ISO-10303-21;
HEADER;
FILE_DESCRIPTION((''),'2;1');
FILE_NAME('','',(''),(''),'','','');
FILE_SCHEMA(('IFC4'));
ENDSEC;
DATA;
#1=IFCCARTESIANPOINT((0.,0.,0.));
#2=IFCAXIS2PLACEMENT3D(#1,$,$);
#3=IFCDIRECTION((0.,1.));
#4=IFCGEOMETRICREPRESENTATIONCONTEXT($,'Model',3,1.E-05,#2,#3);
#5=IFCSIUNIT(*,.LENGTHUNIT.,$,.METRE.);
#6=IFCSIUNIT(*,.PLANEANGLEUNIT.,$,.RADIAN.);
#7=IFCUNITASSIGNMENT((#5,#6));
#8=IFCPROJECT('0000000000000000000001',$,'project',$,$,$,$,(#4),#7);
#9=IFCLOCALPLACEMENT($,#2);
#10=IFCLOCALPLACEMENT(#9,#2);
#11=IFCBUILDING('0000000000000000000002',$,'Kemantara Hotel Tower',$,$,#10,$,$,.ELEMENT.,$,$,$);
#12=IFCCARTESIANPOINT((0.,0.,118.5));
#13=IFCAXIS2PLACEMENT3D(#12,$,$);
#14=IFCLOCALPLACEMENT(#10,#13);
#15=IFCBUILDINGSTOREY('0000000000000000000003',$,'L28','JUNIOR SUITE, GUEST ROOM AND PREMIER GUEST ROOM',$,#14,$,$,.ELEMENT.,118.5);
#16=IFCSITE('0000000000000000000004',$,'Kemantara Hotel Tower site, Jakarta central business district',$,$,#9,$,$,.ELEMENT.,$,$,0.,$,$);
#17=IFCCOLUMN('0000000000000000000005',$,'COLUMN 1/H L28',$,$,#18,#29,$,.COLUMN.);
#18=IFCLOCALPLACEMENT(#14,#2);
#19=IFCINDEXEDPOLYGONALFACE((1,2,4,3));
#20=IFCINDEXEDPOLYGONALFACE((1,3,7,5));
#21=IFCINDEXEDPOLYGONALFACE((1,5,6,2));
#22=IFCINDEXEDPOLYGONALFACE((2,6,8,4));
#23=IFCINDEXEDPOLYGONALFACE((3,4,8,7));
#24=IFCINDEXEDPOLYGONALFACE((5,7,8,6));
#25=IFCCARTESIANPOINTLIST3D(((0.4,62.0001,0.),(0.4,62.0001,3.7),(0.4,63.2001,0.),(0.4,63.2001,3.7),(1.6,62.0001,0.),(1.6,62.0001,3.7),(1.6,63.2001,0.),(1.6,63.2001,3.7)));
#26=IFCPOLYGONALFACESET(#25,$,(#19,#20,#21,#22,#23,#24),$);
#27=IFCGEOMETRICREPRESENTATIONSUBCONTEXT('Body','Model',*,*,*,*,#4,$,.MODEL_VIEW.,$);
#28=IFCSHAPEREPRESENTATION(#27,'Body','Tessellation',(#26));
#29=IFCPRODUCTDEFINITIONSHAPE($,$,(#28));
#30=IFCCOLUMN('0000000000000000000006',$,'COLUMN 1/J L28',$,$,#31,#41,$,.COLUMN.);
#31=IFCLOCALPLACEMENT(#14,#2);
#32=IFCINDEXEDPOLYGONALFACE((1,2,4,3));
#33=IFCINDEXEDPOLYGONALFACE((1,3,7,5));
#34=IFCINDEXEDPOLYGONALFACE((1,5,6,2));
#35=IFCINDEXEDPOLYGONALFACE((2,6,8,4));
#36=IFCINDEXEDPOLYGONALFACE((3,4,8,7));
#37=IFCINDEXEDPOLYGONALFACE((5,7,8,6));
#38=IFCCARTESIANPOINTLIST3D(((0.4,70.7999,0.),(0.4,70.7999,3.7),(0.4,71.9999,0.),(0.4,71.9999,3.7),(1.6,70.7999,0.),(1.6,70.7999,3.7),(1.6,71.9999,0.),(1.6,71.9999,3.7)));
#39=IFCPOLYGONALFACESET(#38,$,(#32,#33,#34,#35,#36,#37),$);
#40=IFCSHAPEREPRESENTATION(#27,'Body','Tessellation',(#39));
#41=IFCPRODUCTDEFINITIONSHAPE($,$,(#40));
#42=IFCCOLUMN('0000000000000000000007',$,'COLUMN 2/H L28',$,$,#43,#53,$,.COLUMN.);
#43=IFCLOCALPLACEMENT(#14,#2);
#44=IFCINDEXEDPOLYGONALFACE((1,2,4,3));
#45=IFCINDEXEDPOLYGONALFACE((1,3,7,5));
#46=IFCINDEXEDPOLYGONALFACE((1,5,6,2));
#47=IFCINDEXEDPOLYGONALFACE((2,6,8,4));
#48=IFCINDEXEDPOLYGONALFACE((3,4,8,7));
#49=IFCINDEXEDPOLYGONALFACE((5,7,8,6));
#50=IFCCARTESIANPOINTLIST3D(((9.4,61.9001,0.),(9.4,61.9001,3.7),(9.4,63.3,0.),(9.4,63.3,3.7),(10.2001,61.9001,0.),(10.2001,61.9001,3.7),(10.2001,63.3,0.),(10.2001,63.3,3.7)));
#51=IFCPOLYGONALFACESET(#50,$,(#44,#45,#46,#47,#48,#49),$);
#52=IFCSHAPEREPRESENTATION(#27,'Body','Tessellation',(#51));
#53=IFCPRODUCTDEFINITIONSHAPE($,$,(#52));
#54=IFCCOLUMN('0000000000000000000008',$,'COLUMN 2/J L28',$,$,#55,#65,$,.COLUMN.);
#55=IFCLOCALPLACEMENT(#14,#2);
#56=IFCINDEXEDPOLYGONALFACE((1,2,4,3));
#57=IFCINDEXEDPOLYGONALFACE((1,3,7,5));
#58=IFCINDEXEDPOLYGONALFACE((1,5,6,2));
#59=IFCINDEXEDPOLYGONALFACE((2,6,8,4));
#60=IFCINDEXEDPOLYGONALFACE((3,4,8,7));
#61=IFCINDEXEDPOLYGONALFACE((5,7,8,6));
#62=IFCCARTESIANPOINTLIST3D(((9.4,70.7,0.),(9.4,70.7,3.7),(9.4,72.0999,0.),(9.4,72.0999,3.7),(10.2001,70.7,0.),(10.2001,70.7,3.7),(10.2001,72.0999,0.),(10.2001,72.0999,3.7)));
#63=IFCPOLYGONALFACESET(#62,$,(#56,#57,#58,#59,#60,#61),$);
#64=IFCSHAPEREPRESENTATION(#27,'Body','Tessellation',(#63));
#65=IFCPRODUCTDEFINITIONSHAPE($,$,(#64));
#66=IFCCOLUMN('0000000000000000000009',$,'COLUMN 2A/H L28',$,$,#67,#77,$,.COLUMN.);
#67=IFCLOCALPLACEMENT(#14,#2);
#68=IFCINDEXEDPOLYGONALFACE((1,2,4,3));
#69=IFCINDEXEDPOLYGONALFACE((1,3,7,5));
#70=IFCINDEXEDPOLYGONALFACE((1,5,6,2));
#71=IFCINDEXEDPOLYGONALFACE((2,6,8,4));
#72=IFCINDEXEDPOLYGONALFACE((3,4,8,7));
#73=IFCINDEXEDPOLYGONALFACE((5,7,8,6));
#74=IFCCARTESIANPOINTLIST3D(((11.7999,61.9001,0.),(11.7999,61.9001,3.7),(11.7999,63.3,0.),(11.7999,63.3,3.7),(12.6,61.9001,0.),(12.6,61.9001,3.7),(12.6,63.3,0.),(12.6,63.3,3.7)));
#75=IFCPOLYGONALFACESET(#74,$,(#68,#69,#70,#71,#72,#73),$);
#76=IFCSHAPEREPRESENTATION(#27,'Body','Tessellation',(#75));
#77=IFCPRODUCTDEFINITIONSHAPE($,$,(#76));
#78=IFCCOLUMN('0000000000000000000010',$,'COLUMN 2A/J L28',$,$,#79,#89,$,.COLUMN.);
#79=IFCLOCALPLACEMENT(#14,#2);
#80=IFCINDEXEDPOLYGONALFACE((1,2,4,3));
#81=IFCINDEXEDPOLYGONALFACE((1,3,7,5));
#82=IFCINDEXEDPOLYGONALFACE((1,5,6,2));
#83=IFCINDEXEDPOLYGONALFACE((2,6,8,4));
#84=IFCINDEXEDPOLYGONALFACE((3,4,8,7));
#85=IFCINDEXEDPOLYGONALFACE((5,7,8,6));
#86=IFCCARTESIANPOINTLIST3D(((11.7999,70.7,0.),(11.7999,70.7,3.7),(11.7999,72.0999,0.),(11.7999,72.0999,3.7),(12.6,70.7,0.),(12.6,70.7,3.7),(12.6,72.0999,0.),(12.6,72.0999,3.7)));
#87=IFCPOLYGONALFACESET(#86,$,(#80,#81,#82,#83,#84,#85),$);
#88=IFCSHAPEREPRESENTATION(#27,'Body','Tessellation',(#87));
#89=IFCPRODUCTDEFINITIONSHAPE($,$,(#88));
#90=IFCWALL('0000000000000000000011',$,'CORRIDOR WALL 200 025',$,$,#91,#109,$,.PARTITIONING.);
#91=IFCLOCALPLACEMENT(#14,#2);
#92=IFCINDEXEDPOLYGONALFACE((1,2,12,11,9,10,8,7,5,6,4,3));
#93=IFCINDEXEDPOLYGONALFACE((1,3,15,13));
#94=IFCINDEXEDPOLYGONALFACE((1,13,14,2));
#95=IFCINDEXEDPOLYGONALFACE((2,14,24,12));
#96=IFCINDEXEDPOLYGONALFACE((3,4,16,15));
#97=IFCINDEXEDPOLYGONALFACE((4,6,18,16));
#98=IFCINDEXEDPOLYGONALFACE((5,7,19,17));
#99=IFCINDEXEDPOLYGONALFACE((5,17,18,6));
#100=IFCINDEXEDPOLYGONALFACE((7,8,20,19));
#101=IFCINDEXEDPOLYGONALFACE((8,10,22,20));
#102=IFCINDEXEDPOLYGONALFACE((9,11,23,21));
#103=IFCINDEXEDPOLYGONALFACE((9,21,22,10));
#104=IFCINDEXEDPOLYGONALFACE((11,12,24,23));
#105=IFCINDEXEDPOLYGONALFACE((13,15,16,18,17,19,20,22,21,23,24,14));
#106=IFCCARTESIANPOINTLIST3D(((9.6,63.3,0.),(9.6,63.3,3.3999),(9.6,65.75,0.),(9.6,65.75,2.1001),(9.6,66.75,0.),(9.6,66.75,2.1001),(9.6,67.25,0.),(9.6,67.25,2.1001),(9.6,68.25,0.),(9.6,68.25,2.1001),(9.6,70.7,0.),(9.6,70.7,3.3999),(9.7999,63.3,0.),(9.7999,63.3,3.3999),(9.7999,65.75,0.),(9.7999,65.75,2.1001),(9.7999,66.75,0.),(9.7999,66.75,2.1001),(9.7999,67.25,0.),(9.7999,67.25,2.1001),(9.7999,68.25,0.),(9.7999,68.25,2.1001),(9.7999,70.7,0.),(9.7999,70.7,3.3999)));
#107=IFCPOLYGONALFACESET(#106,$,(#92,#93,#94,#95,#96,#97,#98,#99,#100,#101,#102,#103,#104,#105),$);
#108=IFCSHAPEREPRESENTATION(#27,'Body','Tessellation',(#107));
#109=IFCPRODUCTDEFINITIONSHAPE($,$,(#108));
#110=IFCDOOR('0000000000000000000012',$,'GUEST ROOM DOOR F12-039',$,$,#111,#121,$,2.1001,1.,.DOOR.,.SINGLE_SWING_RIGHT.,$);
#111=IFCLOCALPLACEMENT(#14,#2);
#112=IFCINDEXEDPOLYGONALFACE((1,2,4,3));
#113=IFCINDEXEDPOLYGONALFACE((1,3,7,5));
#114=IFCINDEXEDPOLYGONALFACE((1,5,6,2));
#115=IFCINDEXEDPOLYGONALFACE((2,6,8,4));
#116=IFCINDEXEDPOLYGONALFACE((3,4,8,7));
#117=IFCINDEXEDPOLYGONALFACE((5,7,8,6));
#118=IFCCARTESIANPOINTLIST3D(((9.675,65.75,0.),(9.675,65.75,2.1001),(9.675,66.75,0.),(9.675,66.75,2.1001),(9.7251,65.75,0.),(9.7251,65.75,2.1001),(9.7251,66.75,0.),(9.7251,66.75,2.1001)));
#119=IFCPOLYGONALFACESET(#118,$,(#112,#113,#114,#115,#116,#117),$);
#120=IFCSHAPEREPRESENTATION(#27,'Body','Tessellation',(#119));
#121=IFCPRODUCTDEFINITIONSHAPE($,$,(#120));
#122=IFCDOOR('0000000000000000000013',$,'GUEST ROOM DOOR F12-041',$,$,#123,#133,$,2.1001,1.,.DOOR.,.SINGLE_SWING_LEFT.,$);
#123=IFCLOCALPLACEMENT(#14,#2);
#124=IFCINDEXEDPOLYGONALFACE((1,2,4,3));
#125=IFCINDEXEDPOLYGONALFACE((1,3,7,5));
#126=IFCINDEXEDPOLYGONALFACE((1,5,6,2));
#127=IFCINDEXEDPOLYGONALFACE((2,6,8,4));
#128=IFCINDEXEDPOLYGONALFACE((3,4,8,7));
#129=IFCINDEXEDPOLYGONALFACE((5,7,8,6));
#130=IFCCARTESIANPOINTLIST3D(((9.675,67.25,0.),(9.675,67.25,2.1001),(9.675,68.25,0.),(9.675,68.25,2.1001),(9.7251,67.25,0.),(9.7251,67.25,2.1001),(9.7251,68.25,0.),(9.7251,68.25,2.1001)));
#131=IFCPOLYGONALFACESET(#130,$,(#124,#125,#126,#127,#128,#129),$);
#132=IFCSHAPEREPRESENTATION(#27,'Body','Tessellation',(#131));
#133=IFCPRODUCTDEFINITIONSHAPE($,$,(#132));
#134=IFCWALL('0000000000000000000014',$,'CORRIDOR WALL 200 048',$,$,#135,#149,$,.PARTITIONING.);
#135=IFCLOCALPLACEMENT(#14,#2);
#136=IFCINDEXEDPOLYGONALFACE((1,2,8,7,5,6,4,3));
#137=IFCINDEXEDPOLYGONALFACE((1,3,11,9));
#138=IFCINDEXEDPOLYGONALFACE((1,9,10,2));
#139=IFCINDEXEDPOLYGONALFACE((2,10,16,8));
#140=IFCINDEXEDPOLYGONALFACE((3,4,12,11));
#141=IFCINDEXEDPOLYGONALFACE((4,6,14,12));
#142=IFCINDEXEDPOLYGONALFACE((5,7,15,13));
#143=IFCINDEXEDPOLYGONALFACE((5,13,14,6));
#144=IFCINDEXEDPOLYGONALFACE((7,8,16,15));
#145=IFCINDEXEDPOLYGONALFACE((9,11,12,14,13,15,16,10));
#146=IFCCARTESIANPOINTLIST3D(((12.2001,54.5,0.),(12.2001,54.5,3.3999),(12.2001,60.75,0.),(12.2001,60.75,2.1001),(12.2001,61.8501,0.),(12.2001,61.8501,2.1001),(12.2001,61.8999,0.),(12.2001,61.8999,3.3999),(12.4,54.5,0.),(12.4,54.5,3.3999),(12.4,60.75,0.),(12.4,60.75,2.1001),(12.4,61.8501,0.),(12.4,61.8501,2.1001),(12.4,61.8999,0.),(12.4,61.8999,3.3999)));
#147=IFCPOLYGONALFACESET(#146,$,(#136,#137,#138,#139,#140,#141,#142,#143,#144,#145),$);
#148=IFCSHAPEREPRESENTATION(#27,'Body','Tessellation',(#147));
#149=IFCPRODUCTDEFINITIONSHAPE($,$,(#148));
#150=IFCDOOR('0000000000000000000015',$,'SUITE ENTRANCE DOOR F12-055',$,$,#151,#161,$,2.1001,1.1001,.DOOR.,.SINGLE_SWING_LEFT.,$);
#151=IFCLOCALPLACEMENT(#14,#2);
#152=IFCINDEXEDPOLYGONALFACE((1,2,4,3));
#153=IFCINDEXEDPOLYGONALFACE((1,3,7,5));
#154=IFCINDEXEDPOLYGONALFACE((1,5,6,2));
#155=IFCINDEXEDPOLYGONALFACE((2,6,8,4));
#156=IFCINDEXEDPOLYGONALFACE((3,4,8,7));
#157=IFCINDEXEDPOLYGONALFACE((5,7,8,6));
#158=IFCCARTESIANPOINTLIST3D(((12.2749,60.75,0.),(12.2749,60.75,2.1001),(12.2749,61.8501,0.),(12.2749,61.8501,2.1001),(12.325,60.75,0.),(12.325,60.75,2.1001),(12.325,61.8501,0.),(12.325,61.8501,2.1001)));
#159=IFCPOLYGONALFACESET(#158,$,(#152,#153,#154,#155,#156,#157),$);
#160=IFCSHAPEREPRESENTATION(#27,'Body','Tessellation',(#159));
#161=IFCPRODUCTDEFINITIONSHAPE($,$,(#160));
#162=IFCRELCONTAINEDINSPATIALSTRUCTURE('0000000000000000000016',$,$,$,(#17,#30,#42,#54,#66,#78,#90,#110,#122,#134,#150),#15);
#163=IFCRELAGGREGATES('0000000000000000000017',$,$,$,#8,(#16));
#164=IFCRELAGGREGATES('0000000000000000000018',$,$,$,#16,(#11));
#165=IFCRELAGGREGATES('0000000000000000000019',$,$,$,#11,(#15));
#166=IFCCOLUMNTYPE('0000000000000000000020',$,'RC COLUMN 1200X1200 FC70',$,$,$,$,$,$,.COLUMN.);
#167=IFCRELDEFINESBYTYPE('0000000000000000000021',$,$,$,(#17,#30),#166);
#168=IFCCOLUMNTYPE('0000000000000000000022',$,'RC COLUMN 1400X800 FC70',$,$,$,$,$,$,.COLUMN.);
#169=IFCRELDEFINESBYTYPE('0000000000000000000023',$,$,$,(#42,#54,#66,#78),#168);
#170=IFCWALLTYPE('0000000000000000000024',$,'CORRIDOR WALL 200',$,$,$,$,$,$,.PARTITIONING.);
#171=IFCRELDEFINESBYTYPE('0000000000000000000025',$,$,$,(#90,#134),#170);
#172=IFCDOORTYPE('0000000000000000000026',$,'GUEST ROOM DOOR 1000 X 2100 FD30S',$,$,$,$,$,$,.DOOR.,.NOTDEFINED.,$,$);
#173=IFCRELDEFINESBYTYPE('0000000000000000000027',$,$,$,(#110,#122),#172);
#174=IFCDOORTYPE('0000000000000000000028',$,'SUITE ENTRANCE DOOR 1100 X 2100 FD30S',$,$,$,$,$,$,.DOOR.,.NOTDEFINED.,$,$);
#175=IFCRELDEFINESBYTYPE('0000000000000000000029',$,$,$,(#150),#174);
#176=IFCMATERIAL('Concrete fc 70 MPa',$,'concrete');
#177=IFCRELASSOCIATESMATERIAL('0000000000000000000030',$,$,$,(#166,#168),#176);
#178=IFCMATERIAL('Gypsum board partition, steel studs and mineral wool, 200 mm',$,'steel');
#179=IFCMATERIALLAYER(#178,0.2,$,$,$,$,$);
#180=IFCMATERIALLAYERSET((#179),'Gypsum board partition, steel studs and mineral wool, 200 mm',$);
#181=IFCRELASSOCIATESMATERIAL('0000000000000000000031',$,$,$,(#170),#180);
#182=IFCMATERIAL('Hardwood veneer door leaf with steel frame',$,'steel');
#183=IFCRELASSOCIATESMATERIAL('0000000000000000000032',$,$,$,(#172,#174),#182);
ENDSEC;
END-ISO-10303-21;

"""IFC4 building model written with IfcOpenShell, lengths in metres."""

from ifc_helpers import new_model, si_unit, direction, frame, frame_2d, origin, origin_2d, place, context, subcontext, project, spatial, rectangle, extrude, material, layer, layer_set, material_profile, profile_set, type_object, element, fill, save


model = new_model("IFC4")

# Units and contexts
model_context = context("Model", 3, precision=1e-05, world=origin(), true_north=direction((0.0, 1.0)))
body_context = subcontext(model_context, "Body", "Model", "MODEL_VIEW")
ifc_project = project(units=[si_unit("LENGTHUNIT", "METRE"), si_unit("PLANEANGLEUNIT", "RADIAN")], contexts=[model_context])

# Site, building, storey
site_placement = place(None, origin())
site = spatial("IfcSite", under=ifc_project, at=site_placement, Name="Kemantara Hotel Tower site, Jakarta central business district", CompositionType="ELEMENT", RefElevation=0.0)
building_placement = place(site_placement, origin())
building = spatial("IfcBuilding", under=site, at=building_placement, Name="Kemantara Hotel Tower", CompositionType="ELEMENT")
storey_placement = place(building_placement, frame((0.0, 0.0, 118.5)))
storey = spatial("IfcBuildingStorey", under=building, at=storey_placement, Name="L28", Description="JUNIOR SUITE, GUEST ROOM AND PREMIER GUEST ROOM", CompositionType="ELEMENT", Elevation=118.5)

# Columns
ifc_material_1 = material(Name="Concrete fc 70 MPa", Category="concrete")
ifc_material_profile_1 = material_profile(ifc_material_1, rectangle(XDim=1.2, YDim=1.2, at=origin_2d()), Name="RC 1200X1200")
ifc_profile_set_1 = profile_set([ifc_material_profile_1], Name="Concrete fc 70 MPa")
column_type_1 = type_object("IfcColumnType", Name="RC COLUMN 1200X1200 FC70", PredefinedType="COLUMN", material=ifc_profile_set_1)
for number, where, z_axis, x_axis, name in (
    (1, (1.0, 62.6001, 0.0), (0.0, 0.0, 1.0), (1.0, 0.0, 0.0), "COLUMN 1/H L28"),
    (2, (1.0, 71.3999, 0.0), (0.0, 0.0, 1.0), (1.0, 0.0, 0.0), "COLUMN 1/J L28"),
):
    element("IfcColumn", number, at=place(storey_placement, frame(where, z_axis=z_axis, x_axis=x_axis)), inside=storey, type_object=column_type_1, Name=name, PredefinedType="COLUMN", context=body_context, shape_type="SweptSolid", body=[
        extrude(rectangle(XDim=1.2, YDim=1.2, at=origin_2d()), origin(), (0.0, 0.0, 1.0), 3.7),
    ])
ifc_material_profile_2 = material_profile(ifc_material_1, rectangle(XDim=1.3999, YDim=0.8, at=origin_2d()), Name="RC 1400X800")
ifc_profile_set_2 = profile_set([ifc_material_profile_2], Name="Concrete fc 70 MPa")
column_type_2 = type_object("IfcColumnType", Name="RC COLUMN 1400X800 FC70", PredefinedType="COLUMN", material=ifc_profile_set_2)
for number, where, z_axis, x_axis, name in (
    (3, (9.8, 62.6001, 0.0), (0.0, 0.0, 1.0), (0.0, 1.0, 0.0), "COLUMN 2/H L28"),
    (4, (9.8, 71.3999, 0.0), (0.0, 0.0, 1.0), (0.0, 1.0, 0.0), "COLUMN 2/J L28"),
    (5, (12.2, 62.6001, 0.0), (0.0, 0.0, 1.0), (0.0, 1.0, 0.0), "COLUMN 2A/H L28"),
    (6, (12.2, 71.3999, 0.0), (0.0, 0.0, 1.0), (0.0, 1.0, 0.0), "COLUMN 2A/J L28"),
):
    element("IfcColumn", number, at=place(storey_placement, frame(where, z_axis=z_axis, x_axis=x_axis)), inside=storey, type_object=column_type_2, Name=name, PredefinedType="COLUMN", context=body_context, shape_type="SweptSolid", body=[
        extrude(rectangle(XDim=1.3999, YDim=0.8, at=origin_2d()), origin(), (0.0, 0.0, 1.0), 3.7),
    ])

# Wall, openings, doors
ifc_material_2 = material(Name="Gypsum board partition, steel studs and mineral wool, 200 mm", Category="steel")
ifc_layer_1 = layer(ifc_material_2, 0.2)
ifc_layer_set_1 = layer_set([ifc_layer_1], Name="Gypsum board partition, steel studs and mineral wool, 200 mm")
wall_type_1 = type_object("IfcWallType", Name="CORRIDOR WALL 200", PredefinedType="PARTITIONING", material=ifc_layer_set_1)
wall_1_placement = place(storey_placement, frame((9.7, 63.3, 0.0), z_axis=(0.0, 0.0, 1.0), x_axis=(0.0, 1.0, 0.0)))
wall_1 = element("IfcWall", 7, at=wall_1_placement, inside=storey, type_object=wall_type_1, Name="CORRIDOR WALL 200 025", PredefinedType="PARTITIONING", context=body_context, shape_type="SweptSolid", body=[
    extrude(rectangle(XDim=7.3999, YDim=0.2, at=frame_2d((3.7, 0.0))), origin(), (0.0, 0.0, 1.0), 3.3999),
])
opening_1_placement = place(wall_1_placement, frame((2.45, 0.0, 0.0)))
opening_1 = element("IfcOpeningElement", 8, at=opening_1_placement, cuts=wall_1, PredefinedType="OPENING", context=body_context, shape_type="SweptSolid", body=[
    extrude(rectangle(XDim=1.0, YDim=2.1001, at=frame_2d((0.5, 1.05))), frame((0.0, 0.1099, 0.0), z_axis=(0.0, -1.0, 0.0), x_axis=(1.0, 0.0, 0.0)), (0.0, 0.0, 1.0), 0.22),
])
opening_2_placement = place(wall_1_placement, frame((3.95, 0.0, 0.0)))
opening_2 = element("IfcOpeningElement", 9, at=opening_2_placement, cuts=wall_1, PredefinedType="OPENING", context=body_context, shape_type="SweptSolid", body=[
    extrude(rectangle(XDim=1.0, YDim=2.1001, at=frame_2d((0.5, 1.05))), frame((0.0, 0.1099, 0.0), z_axis=(0.0, -1.0, 0.0), x_axis=(1.0, 0.0, 0.0)), (0.0, 0.0, 1.0), 0.22),
])
ifc_material_3 = material(Name="Hardwood veneer door leaf with steel frame", Category="steel")
door_type_1 = type_object("IfcDoorType", Name="GUEST ROOM DOOR 1000 X 2100 FD30S", OperationType="NOTDEFINED", PredefinedType="DOOR", material=ifc_material_3)
door_1_placement = place(opening_1_placement, origin())
door_1 = element("IfcDoor", 10, at=door_1_placement, inside=storey, type_object=door_type_1, Name="GUEST ROOM DOOR F12-039", OperationType="SINGLE_SWING_RIGHT", OverallHeight=2.1001, OverallWidth=1.0, PredefinedType="DOOR", context=body_context, shape_type="SweptSolid", body=[
    extrude(rectangle(XDim=1.0, YDim=2.1001, at=frame_2d((0.5, 1.05))), frame((0.0, 0.0249, 0.0), z_axis=(0.0, -1.0, 0.0), x_axis=(1.0, 0.0, 0.0)), (0.0, 0.0, 1.0), 0.05),
])
fill(opening_1, door_1)
door_2_placement = place(opening_2_placement, origin())
door_2 = element("IfcDoor", 11, at=door_2_placement, inside=storey, type_object=door_type_1, Name="GUEST ROOM DOOR F12-041", OperationType="SINGLE_SWING_LEFT", OverallHeight=2.1001, OverallWidth=1.0, PredefinedType="DOOR", context=body_context, shape_type="SweptSolid", body=[
    extrude(rectangle(XDim=1.0, YDim=2.1001, at=frame_2d((0.5, 1.05))), frame((0.0, 0.0249, 0.0), z_axis=(0.0, -1.0, 0.0), x_axis=(1.0, 0.0, 0.0)), (0.0, 0.0, 1.0), 0.05),
])
fill(opening_2, door_2)

# Wall, opening, door
wall_2_placement = place(storey_placement, frame((12.3, 61.8999, 0.0), z_axis=(0.0, 0.0, 1.0), x_axis=(0.0, -1.0, 0.0)))
wall_2 = element("IfcWall", 12, at=wall_2_placement, inside=storey, type_object=wall_type_1, Name="CORRIDOR WALL 200 048", PredefinedType="PARTITIONING", context=body_context, shape_type="SweptSolid", body=[
    extrude(rectangle(XDim=7.3999, YDim=0.2, at=frame_2d((3.7, 0.0))), origin(), (0.0, 0.0, 1.0), 3.3999),
])
opening_3_placement = place(wall_2_placement, frame((0.0498, 0.0, 0.0)))
opening_3 = element("IfcOpeningElement", 13, at=opening_3_placement, cuts=wall_2, PredefinedType="OPENING", context=body_context, shape_type="SweptSolid", body=[
    extrude(rectangle(XDim=1.1001, YDim=2.1001, at=frame_2d((0.55, 1.05))), frame((0.0, 0.1099, 0.0), z_axis=(0.0, -1.0, 0.0), x_axis=(1.0, 0.0, 0.0)), (0.0, 0.0, 1.0), 0.22),
])
door_type_2 = type_object("IfcDoorType", Name="SUITE ENTRANCE DOOR 1100 X 2100 FD30S", OperationType="NOTDEFINED", PredefinedType="DOOR", material=ifc_material_3)
door_3_placement = place(opening_3_placement, origin())
door_3 = element("IfcDoor", 14, at=door_3_placement, inside=storey, type_object=door_type_2, Name="SUITE ENTRANCE DOOR F12-055", OperationType="SINGLE_SWING_LEFT", OverallHeight=2.1001, OverallWidth=1.1001, PredefinedType="DOOR", context=body_context, shape_type="SweptSolid", body=[
    extrude(rectangle(XDim=1.1001, YDim=2.1001, at=frame_2d((0.55, 1.05))), frame((0.0, 0.0249, 0.0), z_axis=(0.0, -1.0, 0.0), x_axis=(1.0, 0.0, 0.0)), (0.0, 0.0, 1.0), 0.05),
])
fill(opening_3, door_3)

save(model, "model.ifc")
